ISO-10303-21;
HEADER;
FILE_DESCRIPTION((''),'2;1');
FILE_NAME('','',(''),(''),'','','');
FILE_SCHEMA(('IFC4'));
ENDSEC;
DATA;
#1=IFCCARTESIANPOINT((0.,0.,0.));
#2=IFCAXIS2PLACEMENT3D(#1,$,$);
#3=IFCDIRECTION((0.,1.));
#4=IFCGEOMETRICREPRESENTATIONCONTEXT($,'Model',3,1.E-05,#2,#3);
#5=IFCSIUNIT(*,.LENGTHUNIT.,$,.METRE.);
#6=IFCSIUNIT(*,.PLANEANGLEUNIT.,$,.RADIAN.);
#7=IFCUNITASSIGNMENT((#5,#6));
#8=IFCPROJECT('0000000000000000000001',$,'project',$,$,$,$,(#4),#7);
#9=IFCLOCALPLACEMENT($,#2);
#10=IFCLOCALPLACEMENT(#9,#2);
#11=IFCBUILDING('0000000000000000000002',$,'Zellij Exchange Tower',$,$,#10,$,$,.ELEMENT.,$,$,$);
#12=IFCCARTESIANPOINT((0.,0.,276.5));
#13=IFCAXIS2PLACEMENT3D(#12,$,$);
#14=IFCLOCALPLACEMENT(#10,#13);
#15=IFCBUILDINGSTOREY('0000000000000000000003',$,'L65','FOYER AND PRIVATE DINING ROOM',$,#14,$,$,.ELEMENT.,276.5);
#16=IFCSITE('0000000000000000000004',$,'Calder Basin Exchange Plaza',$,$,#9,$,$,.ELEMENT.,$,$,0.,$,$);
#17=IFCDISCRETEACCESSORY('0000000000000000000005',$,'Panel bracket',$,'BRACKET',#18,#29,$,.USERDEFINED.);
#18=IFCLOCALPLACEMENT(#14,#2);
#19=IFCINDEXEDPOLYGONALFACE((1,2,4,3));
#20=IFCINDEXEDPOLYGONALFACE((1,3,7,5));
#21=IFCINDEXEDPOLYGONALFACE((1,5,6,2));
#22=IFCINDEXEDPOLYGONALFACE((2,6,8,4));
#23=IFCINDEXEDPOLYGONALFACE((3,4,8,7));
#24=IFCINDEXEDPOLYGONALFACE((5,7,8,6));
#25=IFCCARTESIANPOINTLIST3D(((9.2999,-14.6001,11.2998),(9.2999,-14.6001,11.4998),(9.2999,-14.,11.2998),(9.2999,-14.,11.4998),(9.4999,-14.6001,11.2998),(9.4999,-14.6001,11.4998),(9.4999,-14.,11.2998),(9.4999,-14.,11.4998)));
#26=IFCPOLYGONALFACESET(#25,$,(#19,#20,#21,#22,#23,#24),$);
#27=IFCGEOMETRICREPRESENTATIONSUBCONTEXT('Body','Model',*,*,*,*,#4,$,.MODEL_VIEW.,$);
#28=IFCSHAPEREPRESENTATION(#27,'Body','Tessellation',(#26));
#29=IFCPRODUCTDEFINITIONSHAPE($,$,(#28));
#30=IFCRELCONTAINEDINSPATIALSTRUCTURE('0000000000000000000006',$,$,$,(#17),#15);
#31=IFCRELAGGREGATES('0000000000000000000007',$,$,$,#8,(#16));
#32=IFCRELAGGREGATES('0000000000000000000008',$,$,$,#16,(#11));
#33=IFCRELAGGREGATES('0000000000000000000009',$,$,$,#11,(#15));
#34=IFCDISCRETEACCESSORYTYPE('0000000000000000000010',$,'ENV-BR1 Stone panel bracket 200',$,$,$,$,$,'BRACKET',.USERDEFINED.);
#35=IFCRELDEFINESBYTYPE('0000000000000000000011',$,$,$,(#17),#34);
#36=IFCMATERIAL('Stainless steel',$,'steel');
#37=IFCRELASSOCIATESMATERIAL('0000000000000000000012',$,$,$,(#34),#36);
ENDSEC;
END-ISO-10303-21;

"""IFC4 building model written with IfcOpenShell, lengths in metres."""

from ifc_helpers import new_model, si_unit, direction, frame, origin, origin_2d, place, context, subcontext, project, spatial, rectangle, extrude, material, type_object, element, save


model = new_model("IFC4")

# Units and contexts
model_context = context("Model", 3, precision=1e-05, world=origin(), true_north=direction((0.0, 1.0)))
body_context = subcontext(model_context, "Body", "Model", "MODEL_VIEW")
ifc_project = project(units=[si_unit("LENGTHUNIT", "METRE"), si_unit("PLANEANGLEUNIT", "RADIAN")], contexts=[model_context])

# Site, building, storey
site_placement = place(None, origin())
site = spatial("IfcSite", under=ifc_project, at=site_placement, Name="Calder Basin Exchange Plaza", CompositionType="ELEMENT", RefElevation=0.0)
building_placement = place(site_placement, origin())
building = spatial("IfcBuilding", under=site, at=building_placement, Name="Zellij Exchange Tower", CompositionType="ELEMENT")
storey_placement = place(building_placement, frame((0.0, 0.0, 276.5)))
storey = spatial("IfcBuildingStorey", under=building, at=storey_placement, Name="L65", Description="FOYER AND PRIVATE DINING ROOM", CompositionType="ELEMENT", Elevation=276.5)

# Shared definitions
ifc_material_1 = material(Name="Stainless steel", Category="steel")

# Discrete accessory
discrete_accessory_type = type_object("IfcDiscreteAccessoryType", Name="ENV-BR1 Stone panel bracket 200", ElementType="BRACKET", PredefinedType="USERDEFINED", material=ifc_material_1)
for number, where, z_axis, x_axis, name in (
    (1, (9.3999, -14.3, 11.2998), (0.0, 0.0, 1.0), (1.0, 0.0, 0.0), "Panel bracket"),
):
    element("IfcDiscreteAccessory", number, at=place(storey_placement, frame(where, z_axis=z_axis, x_axis=x_axis)), inside=storey, type_object=discrete_accessory_type, Name=name, ObjectType="BRACKET", PredefinedType="USERDEFINED", context=body_context, shape_type="SweptSolid", body=[
        extrude(rectangle(XDim=0.2, YDim=0.6001, at=origin_2d()), origin(), (0.0, 0.0, 1.0), 0.2),
    ])

save(model, "model.ifc")
